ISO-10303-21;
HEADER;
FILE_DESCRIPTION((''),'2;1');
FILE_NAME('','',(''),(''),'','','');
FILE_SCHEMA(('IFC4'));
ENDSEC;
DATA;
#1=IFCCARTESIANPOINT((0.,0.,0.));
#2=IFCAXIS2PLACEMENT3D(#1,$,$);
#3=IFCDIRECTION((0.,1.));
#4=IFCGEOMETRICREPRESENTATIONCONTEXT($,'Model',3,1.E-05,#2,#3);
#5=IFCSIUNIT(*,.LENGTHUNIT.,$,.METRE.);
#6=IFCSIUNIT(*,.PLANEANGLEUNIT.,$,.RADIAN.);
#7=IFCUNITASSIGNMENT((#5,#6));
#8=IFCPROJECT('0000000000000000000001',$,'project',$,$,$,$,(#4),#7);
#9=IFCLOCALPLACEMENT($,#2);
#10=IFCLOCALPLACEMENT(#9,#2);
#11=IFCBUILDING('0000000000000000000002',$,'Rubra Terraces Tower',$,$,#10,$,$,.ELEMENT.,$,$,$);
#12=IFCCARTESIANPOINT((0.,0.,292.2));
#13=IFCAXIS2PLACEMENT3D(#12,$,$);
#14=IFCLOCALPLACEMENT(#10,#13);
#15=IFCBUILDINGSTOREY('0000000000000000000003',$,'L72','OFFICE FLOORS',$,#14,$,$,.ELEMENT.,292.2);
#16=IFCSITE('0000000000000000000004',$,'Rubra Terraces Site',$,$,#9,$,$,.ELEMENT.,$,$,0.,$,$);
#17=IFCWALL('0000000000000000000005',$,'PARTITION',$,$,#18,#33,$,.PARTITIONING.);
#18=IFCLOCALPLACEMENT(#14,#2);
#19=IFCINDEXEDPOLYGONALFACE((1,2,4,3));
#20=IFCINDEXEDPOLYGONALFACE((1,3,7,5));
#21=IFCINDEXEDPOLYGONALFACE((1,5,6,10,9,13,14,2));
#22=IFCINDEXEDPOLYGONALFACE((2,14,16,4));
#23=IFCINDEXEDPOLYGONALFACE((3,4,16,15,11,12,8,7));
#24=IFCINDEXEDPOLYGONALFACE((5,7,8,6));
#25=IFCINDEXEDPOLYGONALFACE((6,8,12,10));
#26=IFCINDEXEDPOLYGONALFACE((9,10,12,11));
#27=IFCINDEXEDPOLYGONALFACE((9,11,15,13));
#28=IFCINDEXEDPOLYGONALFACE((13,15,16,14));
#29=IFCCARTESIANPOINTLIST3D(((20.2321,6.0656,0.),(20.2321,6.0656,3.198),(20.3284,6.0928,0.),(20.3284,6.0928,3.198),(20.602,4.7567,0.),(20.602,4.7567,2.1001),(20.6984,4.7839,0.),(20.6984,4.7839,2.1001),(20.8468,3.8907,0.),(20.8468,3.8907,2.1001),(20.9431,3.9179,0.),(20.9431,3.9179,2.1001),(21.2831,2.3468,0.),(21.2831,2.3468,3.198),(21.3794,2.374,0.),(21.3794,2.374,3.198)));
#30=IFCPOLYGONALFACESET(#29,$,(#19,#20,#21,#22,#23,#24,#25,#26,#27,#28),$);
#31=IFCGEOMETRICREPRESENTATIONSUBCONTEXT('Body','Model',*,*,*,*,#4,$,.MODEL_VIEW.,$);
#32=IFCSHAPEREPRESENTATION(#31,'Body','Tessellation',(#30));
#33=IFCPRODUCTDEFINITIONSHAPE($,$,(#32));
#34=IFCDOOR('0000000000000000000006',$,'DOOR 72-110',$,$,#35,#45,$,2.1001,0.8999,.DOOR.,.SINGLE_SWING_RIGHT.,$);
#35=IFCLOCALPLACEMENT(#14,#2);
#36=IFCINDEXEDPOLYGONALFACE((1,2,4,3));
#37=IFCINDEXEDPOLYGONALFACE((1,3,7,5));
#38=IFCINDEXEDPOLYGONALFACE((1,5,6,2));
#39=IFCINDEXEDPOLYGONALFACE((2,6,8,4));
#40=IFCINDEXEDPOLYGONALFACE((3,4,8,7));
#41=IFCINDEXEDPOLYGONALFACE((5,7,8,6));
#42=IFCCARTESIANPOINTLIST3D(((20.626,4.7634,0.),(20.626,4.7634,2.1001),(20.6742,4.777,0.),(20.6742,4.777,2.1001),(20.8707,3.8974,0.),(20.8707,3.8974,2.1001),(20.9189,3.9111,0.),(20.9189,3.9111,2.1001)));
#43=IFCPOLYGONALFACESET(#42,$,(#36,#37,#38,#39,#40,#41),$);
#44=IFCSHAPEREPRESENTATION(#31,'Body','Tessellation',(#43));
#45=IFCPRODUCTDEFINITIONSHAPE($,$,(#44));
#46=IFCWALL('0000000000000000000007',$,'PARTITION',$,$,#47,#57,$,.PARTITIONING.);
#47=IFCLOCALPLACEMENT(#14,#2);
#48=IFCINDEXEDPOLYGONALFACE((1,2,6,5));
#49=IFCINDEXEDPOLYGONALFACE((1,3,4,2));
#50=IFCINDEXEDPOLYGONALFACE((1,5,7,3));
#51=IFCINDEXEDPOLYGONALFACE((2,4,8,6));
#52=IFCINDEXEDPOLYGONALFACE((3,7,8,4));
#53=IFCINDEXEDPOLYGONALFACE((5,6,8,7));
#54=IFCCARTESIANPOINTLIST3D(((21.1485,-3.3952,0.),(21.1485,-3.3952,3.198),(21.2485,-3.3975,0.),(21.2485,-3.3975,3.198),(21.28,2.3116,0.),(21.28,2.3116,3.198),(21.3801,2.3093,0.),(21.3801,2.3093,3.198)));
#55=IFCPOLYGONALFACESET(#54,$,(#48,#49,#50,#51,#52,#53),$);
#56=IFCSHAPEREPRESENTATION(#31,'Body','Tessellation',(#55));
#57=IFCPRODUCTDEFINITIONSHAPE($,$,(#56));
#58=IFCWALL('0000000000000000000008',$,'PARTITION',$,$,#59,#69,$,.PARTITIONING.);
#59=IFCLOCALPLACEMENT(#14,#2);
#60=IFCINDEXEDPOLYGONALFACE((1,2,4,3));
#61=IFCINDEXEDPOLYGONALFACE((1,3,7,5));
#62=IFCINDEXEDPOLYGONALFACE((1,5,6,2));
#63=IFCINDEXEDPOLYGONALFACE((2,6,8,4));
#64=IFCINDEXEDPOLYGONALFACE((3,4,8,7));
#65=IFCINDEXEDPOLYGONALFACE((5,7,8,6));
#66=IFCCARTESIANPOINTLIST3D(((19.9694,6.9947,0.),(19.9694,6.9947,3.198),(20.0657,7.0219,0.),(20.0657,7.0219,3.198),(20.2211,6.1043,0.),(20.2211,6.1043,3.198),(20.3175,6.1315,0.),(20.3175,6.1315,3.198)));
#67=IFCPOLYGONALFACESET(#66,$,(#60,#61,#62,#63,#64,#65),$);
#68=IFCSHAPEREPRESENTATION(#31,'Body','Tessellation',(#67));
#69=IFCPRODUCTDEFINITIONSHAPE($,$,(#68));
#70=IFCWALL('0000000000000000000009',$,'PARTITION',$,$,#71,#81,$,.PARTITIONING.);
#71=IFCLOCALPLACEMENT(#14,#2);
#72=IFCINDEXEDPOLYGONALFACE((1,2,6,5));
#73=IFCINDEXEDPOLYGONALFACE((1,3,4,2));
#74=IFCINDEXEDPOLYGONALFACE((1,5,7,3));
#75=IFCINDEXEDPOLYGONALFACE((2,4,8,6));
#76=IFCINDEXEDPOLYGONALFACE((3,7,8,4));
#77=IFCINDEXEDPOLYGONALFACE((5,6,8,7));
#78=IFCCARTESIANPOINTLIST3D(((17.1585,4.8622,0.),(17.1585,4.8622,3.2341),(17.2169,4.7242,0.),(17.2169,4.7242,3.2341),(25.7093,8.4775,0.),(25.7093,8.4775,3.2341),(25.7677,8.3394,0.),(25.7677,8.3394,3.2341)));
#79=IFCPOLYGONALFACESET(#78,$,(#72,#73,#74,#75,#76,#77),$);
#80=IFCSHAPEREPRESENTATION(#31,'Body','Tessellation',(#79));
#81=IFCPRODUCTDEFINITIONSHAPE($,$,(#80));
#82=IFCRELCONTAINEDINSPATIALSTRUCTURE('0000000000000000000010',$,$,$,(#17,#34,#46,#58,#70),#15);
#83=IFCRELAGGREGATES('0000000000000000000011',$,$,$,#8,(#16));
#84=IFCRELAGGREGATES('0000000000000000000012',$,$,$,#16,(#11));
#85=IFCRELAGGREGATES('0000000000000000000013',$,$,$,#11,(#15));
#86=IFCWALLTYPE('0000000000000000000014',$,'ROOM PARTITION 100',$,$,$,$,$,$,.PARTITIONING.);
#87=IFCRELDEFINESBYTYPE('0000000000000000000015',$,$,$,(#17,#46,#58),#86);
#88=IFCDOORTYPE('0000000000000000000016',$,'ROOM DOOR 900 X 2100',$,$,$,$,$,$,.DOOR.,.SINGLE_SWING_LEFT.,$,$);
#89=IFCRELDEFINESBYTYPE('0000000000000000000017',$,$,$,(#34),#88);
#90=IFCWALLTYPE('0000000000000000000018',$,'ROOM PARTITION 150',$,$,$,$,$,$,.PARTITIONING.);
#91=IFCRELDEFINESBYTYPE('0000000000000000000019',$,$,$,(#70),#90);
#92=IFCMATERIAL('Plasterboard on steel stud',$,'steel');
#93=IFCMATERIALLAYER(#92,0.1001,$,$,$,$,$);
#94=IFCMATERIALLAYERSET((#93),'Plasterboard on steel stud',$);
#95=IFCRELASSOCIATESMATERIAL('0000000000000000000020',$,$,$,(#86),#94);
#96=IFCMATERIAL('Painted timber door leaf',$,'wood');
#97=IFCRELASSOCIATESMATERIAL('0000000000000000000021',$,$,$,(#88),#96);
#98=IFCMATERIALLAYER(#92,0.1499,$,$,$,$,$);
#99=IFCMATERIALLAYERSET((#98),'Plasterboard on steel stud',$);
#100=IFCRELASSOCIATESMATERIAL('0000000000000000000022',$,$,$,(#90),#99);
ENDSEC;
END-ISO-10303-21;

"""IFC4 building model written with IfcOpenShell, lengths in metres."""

from ifc_helpers import new_model, si_unit, direction, frame, frame_2d, origin, place, context, subcontext, project, spatial, rectangle, extrude, material, layer, layer_set, type_object, element, fill, save


model = new_model("IFC4")

# Units and contexts
model_context = context("Model", 3, precision=1e-05, world=origin(), true_north=direction((0.0, 1.0)))
body_context = subcontext(model_context, "Body", "Model", "MODEL_VIEW")
ifc_project = project(units=[si_unit("LENGTHUNIT", "METRE"), si_unit("PLANEANGLEUNIT", "RADIAN")], contexts=[model_context])

# Site, building, storey
site_placement = place(None, origin())
site = spatial("IfcSite", under=ifc_project, at=site_placement, Name="Rubra Terraces Site", CompositionType="ELEMENT", RefElevation=0.0)
building_placement = place(site_placement, origin())
building = spatial("IfcBuilding", under=site, at=building_placement, Name="Rubra Terraces Tower", CompositionType="ELEMENT")
storey_placement = place(building_placement, frame((0.0, 0.0, 292.2)))
storey = spatial("IfcBuildingStorey", under=building, at=storey_placement, Name="L72", Description="OFFICE FLOORS", CompositionType="ELEMENT", Elevation=292.2)

# Wall, opening, door
ifc_material_1 = material(Name="Plasterboard on steel stud", Category="steel")
ifc_layer_1 = layer(ifc_material_1, 0.1001)
ifc_layer_set_1 = layer_set([ifc_layer_1], Name="Plasterboard on steel stud")
wall_type_1 = type_object("IfcWallType", Name="ROOM PARTITION 100", PredefinedType="PARTITIONING", material=ifc_layer_set_1)
wall_1_placement = place(storey_placement, frame((20.2803, 6.0791, 0.0), z_axis=(0.0, 0.0, 1.0), x_axis=(0.271975, -0.962304, 0.0)))
wall_1 = element("IfcWall", 1, at=wall_1_placement, inside=storey, type_object=wall_type_1, Name="PARTITION", PredefinedType="PARTITIONING", context=body_context, shape_type="SweptSolid", body=[
    extrude(rectangle(XDim=3.8645, YDim=0.1001, at=frame_2d((1.9321, 0.0))), origin(), (0.0, 0.0, 1.0), 3.198),
])
opening_1_placement = place(wall_1_placement, frame((1.3601, 0.0, 0.0)))
opening_1 = element("IfcOpeningElement", 2, at=opening_1_placement, cuts=wall_1, PredefinedType="OPENING", context=body_context, shape_type="SweptSolid", body=[
    extrude(rectangle(XDim=0.8999, YDim=2.1001, at=frame_2d((0.45, 1.05))), frame((0.0, 0.0601, 0.0), z_axis=(0.0, -1.0, 0.0), x_axis=(1.0, 0.0, 0.0)), (0.0, 0.0, 1.0), 0.1201),
])
ifc_material_2 = material(Name="Painted timber door leaf", Category="wood")
door_type = type_object("IfcDoorType", Name="ROOM DOOR 900 X 2100", OperationType="SINGLE_SWING_LEFT", PredefinedType="DOOR", material=ifc_material_2)
door_placement = place(opening_1_placement, origin())
door = element("IfcDoor", 3, at=door_placement, inside=storey, type_object=door_type, Name="DOOR 72-110", OperationType="SINGLE_SWING_RIGHT", OverallHeight=2.1001, OverallWidth=0.8999, PredefinedType="DOOR", context=body_context, shape_type="SweptSolid", body=[
    extrude(rectangle(XDim=0.8999, YDim=2.1001, at=frame_2d((0.45, 1.05))), frame((0.0, 0.0249, 0.0), z_axis=(0.0, -1.0, 0.0), x_axis=(1.0, 0.0, 0.0)), (0.0, 0.0, 1.0), 0.05),
])
fill(opening_1, door)

# Walls
wall_2_placement = place(storey_placement, frame((21.3301, 2.3103, 0.0), z_axis=(0.0, 0.0, 1.0), x_axis=(-0.023053, -0.999734, 0.0)))
element("IfcWall", 4, at=wall_2_placement, inside=storey, type_object=wall_type_1, Name="PARTITION", PredefinedType="PARTITIONING", context=body_context, shape_type="SweptSolid", body=[
    extrude(rectangle(XDim=5.7083, YDim=0.1001, at=frame_2d((2.854, 0.0))), origin(), (0.0, 0.0, 1.0), 3.198),
])
wall_3_placement = place(storey_placement, frame((20.0176, 7.0083, 0.0), z_axis=(0.0, 0.0, 1.0), x_axis=(0.272037, -0.962287, 0.0)))
element("IfcWall", 5, at=wall_3_placement, inside=storey, type_object=wall_type_1, Name="PARTITION", PredefinedType="PARTITIONING", context=body_context, shape_type="SweptSolid", body=[
    extrude(rectangle(XDim=0.9253, YDim=0.1001, at=frame_2d((0.4626, 0.0))), origin(), (0.0, 0.0, 1.0), 3.198),
])
ifc_layer_2 = layer(ifc_material_1, 0.1499)
ifc_layer_set_2 = layer_set([ifc_layer_2], Name="Plasterboard on steel stud")
wall_type_2 = type_object("IfcWallType", Name="ROOM PARTITION 150", PredefinedType="PARTITIONING", material=ifc_layer_set_2)
wall_4_placement = place(storey_placement, frame((25.7385, 8.4084, 0.0), z_axis=(0.0, 0.0, 1.0), x_axis=(-0.92106, -0.38942, 0.0)))
element("IfcWall", 6, at=wall_4_placement, inside=storey, type_object=wall_type_2, Name="PARTITION", PredefinedType="PARTITIONING", context=body_context, shape_type="SweptSolid", body=[
    extrude(rectangle(XDim=9.2837, YDim=0.1499, at=frame_2d((4.6418, 0.0))), origin(), (0.0, 0.0, 1.0), 3.2341),
])

save(model, "model.ifc")
